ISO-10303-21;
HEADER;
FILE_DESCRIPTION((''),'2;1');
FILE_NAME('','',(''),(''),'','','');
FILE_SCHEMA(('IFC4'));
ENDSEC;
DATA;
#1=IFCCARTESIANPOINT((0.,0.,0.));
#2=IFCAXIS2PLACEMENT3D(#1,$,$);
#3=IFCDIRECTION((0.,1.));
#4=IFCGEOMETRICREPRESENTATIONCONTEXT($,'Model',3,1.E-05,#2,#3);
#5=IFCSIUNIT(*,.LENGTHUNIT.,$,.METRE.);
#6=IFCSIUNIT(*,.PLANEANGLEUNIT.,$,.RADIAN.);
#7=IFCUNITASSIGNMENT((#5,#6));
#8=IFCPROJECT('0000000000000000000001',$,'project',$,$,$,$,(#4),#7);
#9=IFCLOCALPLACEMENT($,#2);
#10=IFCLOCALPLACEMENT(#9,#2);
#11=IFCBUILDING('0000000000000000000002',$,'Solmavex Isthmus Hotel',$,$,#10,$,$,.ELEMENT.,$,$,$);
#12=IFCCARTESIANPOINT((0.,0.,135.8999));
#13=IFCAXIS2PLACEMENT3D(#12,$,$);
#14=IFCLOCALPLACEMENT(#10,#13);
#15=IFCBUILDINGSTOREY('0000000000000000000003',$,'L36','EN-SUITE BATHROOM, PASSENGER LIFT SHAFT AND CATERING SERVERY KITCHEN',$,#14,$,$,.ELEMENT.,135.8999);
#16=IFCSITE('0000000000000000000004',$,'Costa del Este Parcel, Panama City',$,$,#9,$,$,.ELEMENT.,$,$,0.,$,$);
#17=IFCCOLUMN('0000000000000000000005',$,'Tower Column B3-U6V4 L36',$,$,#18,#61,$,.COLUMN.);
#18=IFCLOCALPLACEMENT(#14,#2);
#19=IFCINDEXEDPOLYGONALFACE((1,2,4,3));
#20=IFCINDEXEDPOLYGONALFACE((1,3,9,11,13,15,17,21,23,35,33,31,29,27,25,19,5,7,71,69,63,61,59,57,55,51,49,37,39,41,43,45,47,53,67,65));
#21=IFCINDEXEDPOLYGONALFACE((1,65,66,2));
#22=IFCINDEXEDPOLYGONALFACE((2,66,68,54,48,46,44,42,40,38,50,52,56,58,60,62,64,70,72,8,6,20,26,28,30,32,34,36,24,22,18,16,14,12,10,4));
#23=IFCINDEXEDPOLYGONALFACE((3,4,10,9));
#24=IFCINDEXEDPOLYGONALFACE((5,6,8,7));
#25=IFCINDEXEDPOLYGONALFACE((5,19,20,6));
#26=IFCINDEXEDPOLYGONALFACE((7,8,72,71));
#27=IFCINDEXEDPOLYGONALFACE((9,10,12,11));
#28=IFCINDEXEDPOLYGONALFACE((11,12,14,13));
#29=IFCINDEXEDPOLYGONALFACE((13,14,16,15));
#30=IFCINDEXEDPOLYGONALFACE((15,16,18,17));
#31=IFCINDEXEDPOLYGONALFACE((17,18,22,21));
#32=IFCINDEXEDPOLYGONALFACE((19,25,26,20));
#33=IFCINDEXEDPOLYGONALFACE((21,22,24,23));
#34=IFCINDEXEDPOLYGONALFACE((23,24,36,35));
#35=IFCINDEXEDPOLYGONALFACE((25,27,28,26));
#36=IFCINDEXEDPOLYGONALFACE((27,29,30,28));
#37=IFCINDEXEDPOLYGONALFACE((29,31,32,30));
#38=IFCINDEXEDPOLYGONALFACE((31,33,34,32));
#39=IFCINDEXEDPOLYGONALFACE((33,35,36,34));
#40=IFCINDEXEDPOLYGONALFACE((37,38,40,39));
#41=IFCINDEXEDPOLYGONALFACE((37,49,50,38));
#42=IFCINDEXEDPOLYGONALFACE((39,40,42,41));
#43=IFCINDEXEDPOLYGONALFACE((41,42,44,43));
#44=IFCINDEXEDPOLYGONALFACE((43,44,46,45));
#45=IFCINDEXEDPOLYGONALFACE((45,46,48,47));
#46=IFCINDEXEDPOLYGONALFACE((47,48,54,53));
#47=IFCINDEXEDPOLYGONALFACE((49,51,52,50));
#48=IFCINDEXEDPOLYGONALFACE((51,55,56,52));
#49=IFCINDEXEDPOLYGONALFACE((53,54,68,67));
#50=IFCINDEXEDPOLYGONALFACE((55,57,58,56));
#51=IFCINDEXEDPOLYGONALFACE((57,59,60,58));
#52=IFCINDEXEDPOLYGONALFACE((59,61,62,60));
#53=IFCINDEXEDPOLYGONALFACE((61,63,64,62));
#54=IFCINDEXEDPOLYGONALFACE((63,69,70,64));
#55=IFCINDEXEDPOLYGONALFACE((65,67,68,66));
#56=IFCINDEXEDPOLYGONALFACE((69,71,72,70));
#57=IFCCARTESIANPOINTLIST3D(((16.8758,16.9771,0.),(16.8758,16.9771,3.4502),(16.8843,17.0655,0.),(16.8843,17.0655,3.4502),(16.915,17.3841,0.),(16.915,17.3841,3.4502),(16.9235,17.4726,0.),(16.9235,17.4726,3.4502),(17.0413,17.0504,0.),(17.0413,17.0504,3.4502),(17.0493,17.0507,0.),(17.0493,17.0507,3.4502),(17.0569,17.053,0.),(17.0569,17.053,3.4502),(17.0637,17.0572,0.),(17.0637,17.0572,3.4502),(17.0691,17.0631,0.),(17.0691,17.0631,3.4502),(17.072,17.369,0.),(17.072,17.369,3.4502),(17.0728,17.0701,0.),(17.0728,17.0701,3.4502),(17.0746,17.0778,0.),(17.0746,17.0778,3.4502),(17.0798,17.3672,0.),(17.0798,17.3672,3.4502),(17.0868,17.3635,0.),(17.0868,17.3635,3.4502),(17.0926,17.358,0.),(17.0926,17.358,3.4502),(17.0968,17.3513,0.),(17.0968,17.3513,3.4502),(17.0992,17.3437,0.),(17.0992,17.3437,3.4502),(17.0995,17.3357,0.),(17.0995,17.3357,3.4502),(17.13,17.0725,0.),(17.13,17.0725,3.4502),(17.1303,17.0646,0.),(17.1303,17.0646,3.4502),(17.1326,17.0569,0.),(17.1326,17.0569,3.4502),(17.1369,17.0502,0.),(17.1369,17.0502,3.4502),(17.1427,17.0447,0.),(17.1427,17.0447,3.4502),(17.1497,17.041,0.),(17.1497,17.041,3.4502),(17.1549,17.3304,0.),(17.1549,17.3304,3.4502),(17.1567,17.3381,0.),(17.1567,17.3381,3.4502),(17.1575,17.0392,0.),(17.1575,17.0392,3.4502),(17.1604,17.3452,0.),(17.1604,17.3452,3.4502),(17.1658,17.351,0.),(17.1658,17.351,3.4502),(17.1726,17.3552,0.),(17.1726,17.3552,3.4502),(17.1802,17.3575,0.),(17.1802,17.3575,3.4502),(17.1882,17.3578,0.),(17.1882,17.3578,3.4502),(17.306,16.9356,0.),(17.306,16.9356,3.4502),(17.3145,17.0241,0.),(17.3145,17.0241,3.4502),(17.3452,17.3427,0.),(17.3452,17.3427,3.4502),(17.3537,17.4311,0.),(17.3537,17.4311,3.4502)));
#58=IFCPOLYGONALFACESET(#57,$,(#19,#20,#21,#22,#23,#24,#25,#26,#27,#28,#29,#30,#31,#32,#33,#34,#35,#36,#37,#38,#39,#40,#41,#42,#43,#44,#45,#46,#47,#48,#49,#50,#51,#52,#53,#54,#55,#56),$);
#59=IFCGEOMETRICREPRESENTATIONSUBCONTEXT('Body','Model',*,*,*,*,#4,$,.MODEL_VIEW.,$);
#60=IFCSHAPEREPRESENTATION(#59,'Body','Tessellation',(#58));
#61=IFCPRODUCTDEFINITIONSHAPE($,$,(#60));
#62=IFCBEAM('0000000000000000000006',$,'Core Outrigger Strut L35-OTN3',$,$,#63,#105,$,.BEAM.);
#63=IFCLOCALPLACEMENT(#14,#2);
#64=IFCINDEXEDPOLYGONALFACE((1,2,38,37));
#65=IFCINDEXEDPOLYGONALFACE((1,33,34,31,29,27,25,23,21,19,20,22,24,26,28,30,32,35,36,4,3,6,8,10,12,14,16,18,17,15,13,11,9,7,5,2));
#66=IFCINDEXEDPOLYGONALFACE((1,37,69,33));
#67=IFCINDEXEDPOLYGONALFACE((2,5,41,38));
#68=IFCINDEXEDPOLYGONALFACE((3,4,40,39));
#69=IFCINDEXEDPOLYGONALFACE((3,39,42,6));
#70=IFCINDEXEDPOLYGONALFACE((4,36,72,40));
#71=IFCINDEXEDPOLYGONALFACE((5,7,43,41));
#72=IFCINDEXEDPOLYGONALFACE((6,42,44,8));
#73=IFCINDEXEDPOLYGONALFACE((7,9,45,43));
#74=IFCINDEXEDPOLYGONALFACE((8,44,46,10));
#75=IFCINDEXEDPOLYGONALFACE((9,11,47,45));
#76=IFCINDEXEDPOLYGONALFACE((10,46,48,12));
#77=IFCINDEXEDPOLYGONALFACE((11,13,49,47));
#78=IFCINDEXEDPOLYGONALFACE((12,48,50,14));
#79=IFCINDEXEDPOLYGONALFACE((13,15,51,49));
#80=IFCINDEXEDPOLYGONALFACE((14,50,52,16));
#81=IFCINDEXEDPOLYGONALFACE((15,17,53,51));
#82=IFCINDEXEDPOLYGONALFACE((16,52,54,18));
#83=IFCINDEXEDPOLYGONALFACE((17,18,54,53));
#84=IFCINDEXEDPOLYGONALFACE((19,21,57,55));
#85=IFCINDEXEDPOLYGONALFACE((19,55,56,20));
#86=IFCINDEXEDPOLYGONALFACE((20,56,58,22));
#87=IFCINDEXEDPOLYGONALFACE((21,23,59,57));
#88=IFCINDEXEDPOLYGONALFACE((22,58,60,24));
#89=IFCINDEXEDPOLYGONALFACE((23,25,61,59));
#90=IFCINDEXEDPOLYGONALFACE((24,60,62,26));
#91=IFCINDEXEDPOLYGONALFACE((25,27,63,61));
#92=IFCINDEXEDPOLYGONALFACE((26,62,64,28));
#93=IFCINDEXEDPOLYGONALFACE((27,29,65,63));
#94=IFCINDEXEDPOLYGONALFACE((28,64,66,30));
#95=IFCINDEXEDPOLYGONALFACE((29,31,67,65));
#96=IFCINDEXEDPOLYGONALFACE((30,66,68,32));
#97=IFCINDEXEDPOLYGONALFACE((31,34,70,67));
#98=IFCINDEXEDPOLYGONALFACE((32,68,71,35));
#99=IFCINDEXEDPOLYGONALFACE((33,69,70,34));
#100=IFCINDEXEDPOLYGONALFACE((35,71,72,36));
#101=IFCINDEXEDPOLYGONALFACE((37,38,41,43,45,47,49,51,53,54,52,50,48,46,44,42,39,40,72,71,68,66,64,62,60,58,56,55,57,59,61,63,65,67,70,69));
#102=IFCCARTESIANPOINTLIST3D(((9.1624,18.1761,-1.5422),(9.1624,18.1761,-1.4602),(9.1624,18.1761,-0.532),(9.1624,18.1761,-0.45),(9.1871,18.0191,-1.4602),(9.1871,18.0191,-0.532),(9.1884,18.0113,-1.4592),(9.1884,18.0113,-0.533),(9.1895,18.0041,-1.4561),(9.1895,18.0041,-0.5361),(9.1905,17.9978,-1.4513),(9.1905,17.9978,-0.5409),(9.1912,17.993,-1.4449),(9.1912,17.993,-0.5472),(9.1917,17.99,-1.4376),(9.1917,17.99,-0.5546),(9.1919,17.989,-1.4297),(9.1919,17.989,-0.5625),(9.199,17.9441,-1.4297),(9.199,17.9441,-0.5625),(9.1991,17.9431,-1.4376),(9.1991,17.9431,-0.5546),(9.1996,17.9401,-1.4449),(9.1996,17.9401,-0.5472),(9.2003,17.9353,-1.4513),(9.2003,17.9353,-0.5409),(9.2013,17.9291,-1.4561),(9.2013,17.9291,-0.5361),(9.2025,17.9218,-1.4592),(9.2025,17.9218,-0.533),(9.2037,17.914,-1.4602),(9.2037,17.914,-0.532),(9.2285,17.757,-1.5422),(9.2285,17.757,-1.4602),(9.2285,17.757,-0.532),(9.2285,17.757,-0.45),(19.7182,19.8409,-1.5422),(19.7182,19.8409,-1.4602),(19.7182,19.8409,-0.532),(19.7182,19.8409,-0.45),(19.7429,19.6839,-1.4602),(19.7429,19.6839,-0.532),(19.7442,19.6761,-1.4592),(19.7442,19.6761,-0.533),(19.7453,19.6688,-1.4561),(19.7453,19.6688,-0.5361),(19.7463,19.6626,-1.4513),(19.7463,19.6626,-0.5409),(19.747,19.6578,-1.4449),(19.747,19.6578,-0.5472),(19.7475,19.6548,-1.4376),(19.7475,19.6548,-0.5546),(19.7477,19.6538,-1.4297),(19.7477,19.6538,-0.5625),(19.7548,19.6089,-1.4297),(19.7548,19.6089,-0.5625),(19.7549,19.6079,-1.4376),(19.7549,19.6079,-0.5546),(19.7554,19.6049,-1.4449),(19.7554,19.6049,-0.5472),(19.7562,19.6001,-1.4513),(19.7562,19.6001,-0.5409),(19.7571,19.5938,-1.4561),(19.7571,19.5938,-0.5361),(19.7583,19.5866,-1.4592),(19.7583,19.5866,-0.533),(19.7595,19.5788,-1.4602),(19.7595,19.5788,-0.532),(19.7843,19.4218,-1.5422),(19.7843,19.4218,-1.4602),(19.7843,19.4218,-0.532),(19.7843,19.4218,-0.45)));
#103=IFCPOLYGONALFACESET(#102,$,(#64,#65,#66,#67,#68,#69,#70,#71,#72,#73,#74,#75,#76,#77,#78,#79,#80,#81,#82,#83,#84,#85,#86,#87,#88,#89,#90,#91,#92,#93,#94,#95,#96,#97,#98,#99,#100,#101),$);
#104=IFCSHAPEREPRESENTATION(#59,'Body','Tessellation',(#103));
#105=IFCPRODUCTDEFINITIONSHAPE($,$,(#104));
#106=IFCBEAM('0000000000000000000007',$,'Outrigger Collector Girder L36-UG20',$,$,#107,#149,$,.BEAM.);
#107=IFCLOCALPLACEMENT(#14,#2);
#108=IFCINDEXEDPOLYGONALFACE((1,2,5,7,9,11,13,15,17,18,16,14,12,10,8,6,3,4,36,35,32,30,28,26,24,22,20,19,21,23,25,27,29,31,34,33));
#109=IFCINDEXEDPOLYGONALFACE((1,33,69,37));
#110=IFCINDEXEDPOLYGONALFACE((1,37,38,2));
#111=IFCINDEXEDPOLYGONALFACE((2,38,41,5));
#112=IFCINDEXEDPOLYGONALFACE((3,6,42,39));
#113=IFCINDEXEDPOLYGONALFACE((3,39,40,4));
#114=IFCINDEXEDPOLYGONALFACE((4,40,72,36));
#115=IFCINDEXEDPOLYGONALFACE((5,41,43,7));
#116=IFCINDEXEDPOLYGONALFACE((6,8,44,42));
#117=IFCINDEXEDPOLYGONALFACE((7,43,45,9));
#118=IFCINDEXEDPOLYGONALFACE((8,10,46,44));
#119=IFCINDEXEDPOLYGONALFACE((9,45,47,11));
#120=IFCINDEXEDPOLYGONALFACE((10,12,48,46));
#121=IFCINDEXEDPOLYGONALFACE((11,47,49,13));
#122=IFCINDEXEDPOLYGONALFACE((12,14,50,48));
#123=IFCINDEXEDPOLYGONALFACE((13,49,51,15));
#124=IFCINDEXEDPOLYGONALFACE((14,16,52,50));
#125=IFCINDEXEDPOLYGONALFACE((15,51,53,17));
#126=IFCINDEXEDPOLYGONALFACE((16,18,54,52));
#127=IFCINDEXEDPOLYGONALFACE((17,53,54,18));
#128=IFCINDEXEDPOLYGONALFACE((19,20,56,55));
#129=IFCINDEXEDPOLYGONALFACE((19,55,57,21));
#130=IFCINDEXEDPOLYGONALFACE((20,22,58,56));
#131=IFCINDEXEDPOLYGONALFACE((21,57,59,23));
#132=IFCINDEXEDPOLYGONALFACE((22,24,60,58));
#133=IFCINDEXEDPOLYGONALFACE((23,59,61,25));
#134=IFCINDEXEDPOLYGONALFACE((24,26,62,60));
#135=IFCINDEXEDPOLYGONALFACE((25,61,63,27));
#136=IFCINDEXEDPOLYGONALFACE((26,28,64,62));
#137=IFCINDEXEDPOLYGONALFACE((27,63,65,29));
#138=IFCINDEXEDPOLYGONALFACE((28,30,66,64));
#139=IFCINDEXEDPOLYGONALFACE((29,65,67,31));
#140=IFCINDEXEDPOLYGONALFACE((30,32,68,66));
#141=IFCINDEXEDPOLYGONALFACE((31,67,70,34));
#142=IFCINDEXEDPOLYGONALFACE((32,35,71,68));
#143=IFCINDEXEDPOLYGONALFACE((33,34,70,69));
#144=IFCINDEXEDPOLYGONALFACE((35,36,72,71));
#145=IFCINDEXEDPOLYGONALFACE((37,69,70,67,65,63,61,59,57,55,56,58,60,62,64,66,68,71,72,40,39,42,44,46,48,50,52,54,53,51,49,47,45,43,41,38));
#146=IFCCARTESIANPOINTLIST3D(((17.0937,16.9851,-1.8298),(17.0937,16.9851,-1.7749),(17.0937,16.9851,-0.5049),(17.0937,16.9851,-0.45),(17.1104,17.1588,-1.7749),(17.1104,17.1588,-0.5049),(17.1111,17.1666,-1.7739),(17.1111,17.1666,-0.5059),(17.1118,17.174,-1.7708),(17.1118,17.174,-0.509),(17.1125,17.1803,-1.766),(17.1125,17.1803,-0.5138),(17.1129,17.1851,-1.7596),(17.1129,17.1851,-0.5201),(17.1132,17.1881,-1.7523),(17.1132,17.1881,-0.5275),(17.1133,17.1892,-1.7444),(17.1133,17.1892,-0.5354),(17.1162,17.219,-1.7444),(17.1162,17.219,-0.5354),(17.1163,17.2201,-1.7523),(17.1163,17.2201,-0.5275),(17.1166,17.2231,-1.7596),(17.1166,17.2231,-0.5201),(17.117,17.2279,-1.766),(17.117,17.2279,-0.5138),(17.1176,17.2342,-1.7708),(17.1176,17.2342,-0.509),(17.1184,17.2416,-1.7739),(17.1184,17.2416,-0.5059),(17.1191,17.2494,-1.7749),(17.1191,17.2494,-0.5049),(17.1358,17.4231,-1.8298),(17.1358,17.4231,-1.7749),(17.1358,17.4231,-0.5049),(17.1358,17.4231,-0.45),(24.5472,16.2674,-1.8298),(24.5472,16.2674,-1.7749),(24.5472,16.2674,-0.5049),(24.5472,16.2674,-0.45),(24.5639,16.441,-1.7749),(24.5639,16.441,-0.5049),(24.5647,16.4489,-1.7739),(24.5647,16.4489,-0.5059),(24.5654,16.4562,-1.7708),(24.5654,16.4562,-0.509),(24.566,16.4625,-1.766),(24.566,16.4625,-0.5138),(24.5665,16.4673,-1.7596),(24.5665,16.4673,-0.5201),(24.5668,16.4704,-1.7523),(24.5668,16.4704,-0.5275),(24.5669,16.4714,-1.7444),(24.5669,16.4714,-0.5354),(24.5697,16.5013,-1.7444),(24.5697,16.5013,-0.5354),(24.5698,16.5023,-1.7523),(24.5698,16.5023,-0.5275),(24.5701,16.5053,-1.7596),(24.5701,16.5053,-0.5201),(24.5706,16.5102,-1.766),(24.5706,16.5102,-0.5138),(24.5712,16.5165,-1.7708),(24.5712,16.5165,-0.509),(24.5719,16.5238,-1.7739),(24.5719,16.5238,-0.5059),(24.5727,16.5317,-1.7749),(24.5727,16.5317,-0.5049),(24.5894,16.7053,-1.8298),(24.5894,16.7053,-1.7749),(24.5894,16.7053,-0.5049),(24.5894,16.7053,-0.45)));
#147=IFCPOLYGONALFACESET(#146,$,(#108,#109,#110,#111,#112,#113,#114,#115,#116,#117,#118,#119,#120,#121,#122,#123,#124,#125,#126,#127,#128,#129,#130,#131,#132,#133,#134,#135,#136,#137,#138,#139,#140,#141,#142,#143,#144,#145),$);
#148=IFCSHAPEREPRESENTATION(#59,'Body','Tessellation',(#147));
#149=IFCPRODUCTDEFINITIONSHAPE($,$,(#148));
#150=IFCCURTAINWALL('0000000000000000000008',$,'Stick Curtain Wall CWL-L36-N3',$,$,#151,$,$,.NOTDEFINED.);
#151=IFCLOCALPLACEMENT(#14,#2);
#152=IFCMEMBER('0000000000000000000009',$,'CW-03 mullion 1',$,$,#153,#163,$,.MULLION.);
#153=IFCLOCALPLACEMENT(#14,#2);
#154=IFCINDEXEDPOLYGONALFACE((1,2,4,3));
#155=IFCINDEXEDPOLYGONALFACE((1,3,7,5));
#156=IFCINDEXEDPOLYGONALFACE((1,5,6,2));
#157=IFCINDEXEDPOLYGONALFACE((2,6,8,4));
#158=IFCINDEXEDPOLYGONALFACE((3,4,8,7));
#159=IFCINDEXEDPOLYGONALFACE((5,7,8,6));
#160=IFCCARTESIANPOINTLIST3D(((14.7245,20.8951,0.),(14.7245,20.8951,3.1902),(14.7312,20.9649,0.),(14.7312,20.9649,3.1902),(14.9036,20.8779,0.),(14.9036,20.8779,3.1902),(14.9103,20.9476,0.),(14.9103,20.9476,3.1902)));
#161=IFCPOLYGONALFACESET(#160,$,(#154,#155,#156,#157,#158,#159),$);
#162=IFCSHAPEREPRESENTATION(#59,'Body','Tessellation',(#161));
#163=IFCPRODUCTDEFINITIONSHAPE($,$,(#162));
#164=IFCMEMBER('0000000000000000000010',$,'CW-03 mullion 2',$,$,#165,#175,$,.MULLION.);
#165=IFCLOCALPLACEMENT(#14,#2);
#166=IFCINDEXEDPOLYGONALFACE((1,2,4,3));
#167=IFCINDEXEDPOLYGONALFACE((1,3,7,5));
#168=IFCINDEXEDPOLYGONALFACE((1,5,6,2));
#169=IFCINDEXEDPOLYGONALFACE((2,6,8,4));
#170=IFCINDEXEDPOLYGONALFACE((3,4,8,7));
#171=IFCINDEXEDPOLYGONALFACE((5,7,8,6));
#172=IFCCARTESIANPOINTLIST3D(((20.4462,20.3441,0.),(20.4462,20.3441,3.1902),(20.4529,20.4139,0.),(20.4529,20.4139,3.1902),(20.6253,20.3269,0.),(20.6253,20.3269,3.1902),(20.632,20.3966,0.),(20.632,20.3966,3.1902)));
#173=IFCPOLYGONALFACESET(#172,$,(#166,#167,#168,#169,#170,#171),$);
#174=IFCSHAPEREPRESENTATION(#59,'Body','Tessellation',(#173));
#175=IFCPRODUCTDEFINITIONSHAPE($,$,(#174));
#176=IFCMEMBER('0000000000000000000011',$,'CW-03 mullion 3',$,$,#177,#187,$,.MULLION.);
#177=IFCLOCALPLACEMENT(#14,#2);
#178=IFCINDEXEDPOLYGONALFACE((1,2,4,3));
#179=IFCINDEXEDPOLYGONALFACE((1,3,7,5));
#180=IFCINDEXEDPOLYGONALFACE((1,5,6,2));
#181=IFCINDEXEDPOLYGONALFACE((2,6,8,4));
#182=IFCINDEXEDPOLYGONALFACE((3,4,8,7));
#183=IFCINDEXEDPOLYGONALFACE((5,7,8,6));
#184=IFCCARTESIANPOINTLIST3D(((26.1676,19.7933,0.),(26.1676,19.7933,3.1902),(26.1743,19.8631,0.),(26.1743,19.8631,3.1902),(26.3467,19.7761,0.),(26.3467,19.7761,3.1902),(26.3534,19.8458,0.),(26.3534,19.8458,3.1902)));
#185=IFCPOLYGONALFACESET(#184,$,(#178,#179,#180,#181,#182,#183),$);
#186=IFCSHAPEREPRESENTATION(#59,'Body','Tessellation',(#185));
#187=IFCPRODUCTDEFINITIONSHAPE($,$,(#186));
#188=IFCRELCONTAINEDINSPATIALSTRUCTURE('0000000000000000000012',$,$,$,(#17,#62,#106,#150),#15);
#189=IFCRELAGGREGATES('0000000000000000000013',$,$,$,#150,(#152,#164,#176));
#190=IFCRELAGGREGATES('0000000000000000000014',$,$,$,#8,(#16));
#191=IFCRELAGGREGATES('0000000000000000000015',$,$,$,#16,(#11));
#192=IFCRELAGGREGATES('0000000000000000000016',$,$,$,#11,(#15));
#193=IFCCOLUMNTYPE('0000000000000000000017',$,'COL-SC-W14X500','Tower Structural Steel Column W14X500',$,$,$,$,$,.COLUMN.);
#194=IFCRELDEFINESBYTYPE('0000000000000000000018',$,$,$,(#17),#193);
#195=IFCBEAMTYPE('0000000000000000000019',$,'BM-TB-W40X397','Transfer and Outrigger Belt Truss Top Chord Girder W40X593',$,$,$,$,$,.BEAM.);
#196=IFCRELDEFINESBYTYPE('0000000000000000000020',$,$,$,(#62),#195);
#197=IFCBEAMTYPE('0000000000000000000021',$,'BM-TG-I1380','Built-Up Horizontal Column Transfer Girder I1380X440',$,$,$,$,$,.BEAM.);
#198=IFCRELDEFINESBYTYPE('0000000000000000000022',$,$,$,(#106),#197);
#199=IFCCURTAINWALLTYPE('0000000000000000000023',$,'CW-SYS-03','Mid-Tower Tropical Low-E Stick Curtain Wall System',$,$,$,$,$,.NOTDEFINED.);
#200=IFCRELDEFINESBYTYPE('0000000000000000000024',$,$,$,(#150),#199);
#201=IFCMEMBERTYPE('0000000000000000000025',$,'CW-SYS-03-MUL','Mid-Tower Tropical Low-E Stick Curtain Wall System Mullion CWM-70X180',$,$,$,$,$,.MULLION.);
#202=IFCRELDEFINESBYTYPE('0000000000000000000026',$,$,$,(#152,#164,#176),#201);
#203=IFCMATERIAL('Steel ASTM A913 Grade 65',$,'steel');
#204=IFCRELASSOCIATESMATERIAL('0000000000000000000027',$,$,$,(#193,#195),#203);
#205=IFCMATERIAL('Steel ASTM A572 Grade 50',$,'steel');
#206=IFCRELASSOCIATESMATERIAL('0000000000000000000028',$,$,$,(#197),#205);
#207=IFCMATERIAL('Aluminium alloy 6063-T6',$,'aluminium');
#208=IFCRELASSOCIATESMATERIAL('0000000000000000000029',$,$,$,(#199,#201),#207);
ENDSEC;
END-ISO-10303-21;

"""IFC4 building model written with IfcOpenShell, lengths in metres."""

from ifc_helpers import new_model, si_unit, direction, frame, origin, origin_2d, place, context, subcontext, project, spatial, rectangle, i_section, extrude, material, material_profile, profile_set, type_object, element, aggregate, save


model = new_model("IFC4")

# Units and contexts
model_context = context("Model", 3, precision=1e-05, world=origin(), true_north=direction((0.0, 1.0)))
body_context = subcontext(model_context, "Body", "Model", "MODEL_VIEW")
ifc_project = project(units=[si_unit("LENGTHUNIT", "METRE"), si_unit("PLANEANGLEUNIT", "RADIAN")], contexts=[model_context])

# Site, building, storey
site_placement = place(None, origin())
site = spatial("IfcSite", under=ifc_project, at=site_placement, Name="Costa del Este Parcel, Panama City", CompositionType="ELEMENT", RefElevation=0.0)
building_placement = place(site_placement, origin())
building = spatial("IfcBuilding", under=site, at=building_placement, Name="Solmavex Isthmus Hotel", CompositionType="ELEMENT")
storey_placement = place(building_placement, frame((0.0, 0.0, 135.8999)))
storey = spatial("IfcBuildingStorey", under=building, at=storey_placement, Name="L36", Description="EN-SUITE BATHROOM, PASSENGER LIFT SHAFT AND CATERING SERVERY KITCHEN", CompositionType="ELEMENT", Elevation=135.8999)

# Column
ifc_material_1 = material(Name="Steel ASTM A913 Grade 65", Category="steel")
ifc_material_profile_1 = material_profile(ifc_material_1, i_section(OverallWidth=0.4321, OverallDepth=0.4978, WebThickness=0.0557, FlangeThickness=0.0889, FilletRadius=0.0305, at=origin_2d()), Name="W14X500")
ifc_profile_set_1 = profile_set([ifc_material_profile_1], Name="Steel ASTM A913 Grade 65")
column_type = type_object("IfcColumnType", Name="COL-SC-W14X500", Description="Tower Structural Steel Column W14X500", PredefinedType="COLUMN", material=ifc_profile_set_1)
column_placement = place(storey_placement, frame((17.1147, 17.2041, 0.0), z_axis=(0.0, 0.0, 1.0), x_axis=(0.995396, -0.095846, 0.0)))
element("IfcColumn", 1, at=column_placement, inside=storey, type_object=column_type, Name="Tower Column B3-U6V4 L36", PredefinedType="COLUMN", context=body_context, shape_type="SweptSolid", body=[
    extrude(i_section(OverallWidth=0.4321, OverallDepth=0.4978, WebThickness=0.0557, FlangeThickness=0.0889, FilletRadius=0.0305, at=origin_2d()), origin(), (0.0, 0.0, 1.0), 3.4502),
])

# Beams
ifc_material_profile_2 = material_profile(ifc_material_1, i_section(OverallWidth=0.4243, OverallDepth=1.0923, WebThickness=0.0454, FlangeThickness=0.082, FilletRadius=0.0305, at=origin_2d()), Name="W40X593")
ifc_profile_set_2 = profile_set([ifc_material_profile_2], Name="Steel ASTM A913 Grade 65")
beam_type_1 = type_object("IfcBeamType", Name="BM-TB-W40X397", Description="Transfer and Outrigger Belt Truss Top Chord Girder W40X593", PredefinedType="BEAM", material=ifc_profile_set_2)
beam_1_placement = place(storey_placement, frame((19.7512, 19.6313, -0.9961), z_axis=(-0.987791, -0.155787, 0.0), x_axis=(0.155787, -0.987791, 0.0)))
element("IfcBeam", 2, at=beam_1_placement, inside=storey, type_object=beam_type_1, Name="Core Outrigger Strut L35-OTN3", PredefinedType="BEAM", context=body_context, shape_type="SweptSolid", body=[
    extrude(i_section(OverallWidth=0.4243, OverallDepth=1.0923, WebThickness=0.0454, FlangeThickness=0.082, FilletRadius=0.0305, at=origin_2d()), origin(), (0.0, 0.0, 1.0), 10.6863),
])
ifc_material_2 = material(Name="Steel ASTM A572 Grade 50", Category="steel")
ifc_material_profile_3 = material_profile(ifc_material_2, i_section(OverallWidth=0.4399, OverallDepth=1.3799, WebThickness=0.03, FlangeThickness=0.0549, FilletRadius=0.0305, at=origin_2d()), Name="I1380X440")
ifc_profile_set_3 = profile_set([ifc_material_profile_3], Name="Steel ASTM A572 Grade 50")
beam_type_2 = type_object("IfcBeamType", Name="BM-TG-I1380", Description="Built-Up Horizontal Column Transfer Girder I1380X440", PredefinedType="BEAM", material=ifc_profile_set_3)
beam_2_placement = place(storey_placement, frame((17.1147, 17.2041, -1.1399), z_axis=(0.995395, -0.095855, 0.0), x_axis=(0.095855, 0.995395, 0.0)))
element("IfcBeam", 3, at=beam_2_placement, inside=storey, type_object=beam_type_2, Name="Outrigger Collector Girder L36-UG20", PredefinedType="BEAM", context=body_context, shape_type="SweptSolid", body=[
    extrude(i_section(OverallWidth=0.4399, OverallDepth=1.3799, WebThickness=0.03, FlangeThickness=0.0549, FilletRadius=0.0305, at=origin_2d()), origin(), (0.0, 0.0, 1.0), 7.488),
])

# Curtain wall, members
ifc_material_3 = material(Name="Aluminium alloy 6063-T6", Category="aluminium")
curtain_wall_type = type_object("IfcCurtainWallType", Name="CW-SYS-03", Description="Mid-Tower Tropical Low-E Stick Curtain Wall System", PredefinedType="NOTDEFINED", material=ifc_material_3)
curtain_wall_1_placement = place(storey_placement, origin())
curtain_wall_1 = element("IfcCurtainWall", 4, at=curtain_wall_1_placement, inside=storey, type_object=curtain_wall_type, Name="Stick Curtain Wall CWL-L36-N3", PredefinedType="NOTDEFINED")
ifc_material_profile_4 = material_profile(ifc_material_3, rectangle(XDim=0.0701, YDim=0.1799, at=origin_2d()), Name="CWM-70X180")
ifc_profile_set_4 = profile_set([ifc_material_profile_4], Name="Aluminium alloy 6063-T6")
member_type_1 = type_object("IfcMemberType", Name="CW-SYS-03-MUL", Description="Mid-Tower Tropical Low-E Stick Curtain Wall System Mullion CWM-70X180", PredefinedType="MULLION", material=ifc_profile_set_4)
member_1_placement = place(storey_placement, frame((14.8174, 20.9214, 0.0), z_axis=(0.0, 0.0, 1.0), x_axis=(0.095846, 0.995396, 0.0)))
member_1 = element("IfcMember", 5, at=member_1_placement, type_object=member_type_1, Name="CW-03 mullion 1", PredefinedType="MULLION", context=body_context, shape_type="SweptSolid", body=[
    extrude(rectangle(XDim=0.0701, YDim=0.1799, at=origin_2d()), origin(), (0.0, 0.0, 1.0), 3.1902),
])
member_2_placement = place(storey_placement, frame((20.5391, 20.3704, 0.0), z_axis=(0.0, 0.0, 1.0), x_axis=(0.095846, 0.995396, 0.0)))
member_2 = element("IfcMember", 6, at=member_2_placement, type_object=member_type_1, Name="CW-03 mullion 2", PredefinedType="MULLION", context=body_context, shape_type="SweptSolid", body=[
    extrude(rectangle(XDim=0.0701, YDim=0.1799, at=origin_2d()), origin(), (0.0, 0.0, 1.0), 3.1902),
])
member_3_placement = place(storey_placement, frame((26.2605, 19.8196, 0.0), z_axis=(0.0, 0.0, 1.0), x_axis=(0.095846, 0.995396, 0.0)))
member_3 = element("IfcMember", 7, at=member_3_placement, type_object=member_type_1, Name="CW-03 mullion 3", PredefinedType="MULLION", context=body_context, shape_type="SweptSolid", body=[
    extrude(rectangle(XDim=0.0701, YDim=0.1799, at=origin_2d()), origin(), (0.0, 0.0, 1.0), 3.1902),
])

aggregate(curtain_wall_1, [member_1, member_2, member_3])

save(model, "model.ifc")
